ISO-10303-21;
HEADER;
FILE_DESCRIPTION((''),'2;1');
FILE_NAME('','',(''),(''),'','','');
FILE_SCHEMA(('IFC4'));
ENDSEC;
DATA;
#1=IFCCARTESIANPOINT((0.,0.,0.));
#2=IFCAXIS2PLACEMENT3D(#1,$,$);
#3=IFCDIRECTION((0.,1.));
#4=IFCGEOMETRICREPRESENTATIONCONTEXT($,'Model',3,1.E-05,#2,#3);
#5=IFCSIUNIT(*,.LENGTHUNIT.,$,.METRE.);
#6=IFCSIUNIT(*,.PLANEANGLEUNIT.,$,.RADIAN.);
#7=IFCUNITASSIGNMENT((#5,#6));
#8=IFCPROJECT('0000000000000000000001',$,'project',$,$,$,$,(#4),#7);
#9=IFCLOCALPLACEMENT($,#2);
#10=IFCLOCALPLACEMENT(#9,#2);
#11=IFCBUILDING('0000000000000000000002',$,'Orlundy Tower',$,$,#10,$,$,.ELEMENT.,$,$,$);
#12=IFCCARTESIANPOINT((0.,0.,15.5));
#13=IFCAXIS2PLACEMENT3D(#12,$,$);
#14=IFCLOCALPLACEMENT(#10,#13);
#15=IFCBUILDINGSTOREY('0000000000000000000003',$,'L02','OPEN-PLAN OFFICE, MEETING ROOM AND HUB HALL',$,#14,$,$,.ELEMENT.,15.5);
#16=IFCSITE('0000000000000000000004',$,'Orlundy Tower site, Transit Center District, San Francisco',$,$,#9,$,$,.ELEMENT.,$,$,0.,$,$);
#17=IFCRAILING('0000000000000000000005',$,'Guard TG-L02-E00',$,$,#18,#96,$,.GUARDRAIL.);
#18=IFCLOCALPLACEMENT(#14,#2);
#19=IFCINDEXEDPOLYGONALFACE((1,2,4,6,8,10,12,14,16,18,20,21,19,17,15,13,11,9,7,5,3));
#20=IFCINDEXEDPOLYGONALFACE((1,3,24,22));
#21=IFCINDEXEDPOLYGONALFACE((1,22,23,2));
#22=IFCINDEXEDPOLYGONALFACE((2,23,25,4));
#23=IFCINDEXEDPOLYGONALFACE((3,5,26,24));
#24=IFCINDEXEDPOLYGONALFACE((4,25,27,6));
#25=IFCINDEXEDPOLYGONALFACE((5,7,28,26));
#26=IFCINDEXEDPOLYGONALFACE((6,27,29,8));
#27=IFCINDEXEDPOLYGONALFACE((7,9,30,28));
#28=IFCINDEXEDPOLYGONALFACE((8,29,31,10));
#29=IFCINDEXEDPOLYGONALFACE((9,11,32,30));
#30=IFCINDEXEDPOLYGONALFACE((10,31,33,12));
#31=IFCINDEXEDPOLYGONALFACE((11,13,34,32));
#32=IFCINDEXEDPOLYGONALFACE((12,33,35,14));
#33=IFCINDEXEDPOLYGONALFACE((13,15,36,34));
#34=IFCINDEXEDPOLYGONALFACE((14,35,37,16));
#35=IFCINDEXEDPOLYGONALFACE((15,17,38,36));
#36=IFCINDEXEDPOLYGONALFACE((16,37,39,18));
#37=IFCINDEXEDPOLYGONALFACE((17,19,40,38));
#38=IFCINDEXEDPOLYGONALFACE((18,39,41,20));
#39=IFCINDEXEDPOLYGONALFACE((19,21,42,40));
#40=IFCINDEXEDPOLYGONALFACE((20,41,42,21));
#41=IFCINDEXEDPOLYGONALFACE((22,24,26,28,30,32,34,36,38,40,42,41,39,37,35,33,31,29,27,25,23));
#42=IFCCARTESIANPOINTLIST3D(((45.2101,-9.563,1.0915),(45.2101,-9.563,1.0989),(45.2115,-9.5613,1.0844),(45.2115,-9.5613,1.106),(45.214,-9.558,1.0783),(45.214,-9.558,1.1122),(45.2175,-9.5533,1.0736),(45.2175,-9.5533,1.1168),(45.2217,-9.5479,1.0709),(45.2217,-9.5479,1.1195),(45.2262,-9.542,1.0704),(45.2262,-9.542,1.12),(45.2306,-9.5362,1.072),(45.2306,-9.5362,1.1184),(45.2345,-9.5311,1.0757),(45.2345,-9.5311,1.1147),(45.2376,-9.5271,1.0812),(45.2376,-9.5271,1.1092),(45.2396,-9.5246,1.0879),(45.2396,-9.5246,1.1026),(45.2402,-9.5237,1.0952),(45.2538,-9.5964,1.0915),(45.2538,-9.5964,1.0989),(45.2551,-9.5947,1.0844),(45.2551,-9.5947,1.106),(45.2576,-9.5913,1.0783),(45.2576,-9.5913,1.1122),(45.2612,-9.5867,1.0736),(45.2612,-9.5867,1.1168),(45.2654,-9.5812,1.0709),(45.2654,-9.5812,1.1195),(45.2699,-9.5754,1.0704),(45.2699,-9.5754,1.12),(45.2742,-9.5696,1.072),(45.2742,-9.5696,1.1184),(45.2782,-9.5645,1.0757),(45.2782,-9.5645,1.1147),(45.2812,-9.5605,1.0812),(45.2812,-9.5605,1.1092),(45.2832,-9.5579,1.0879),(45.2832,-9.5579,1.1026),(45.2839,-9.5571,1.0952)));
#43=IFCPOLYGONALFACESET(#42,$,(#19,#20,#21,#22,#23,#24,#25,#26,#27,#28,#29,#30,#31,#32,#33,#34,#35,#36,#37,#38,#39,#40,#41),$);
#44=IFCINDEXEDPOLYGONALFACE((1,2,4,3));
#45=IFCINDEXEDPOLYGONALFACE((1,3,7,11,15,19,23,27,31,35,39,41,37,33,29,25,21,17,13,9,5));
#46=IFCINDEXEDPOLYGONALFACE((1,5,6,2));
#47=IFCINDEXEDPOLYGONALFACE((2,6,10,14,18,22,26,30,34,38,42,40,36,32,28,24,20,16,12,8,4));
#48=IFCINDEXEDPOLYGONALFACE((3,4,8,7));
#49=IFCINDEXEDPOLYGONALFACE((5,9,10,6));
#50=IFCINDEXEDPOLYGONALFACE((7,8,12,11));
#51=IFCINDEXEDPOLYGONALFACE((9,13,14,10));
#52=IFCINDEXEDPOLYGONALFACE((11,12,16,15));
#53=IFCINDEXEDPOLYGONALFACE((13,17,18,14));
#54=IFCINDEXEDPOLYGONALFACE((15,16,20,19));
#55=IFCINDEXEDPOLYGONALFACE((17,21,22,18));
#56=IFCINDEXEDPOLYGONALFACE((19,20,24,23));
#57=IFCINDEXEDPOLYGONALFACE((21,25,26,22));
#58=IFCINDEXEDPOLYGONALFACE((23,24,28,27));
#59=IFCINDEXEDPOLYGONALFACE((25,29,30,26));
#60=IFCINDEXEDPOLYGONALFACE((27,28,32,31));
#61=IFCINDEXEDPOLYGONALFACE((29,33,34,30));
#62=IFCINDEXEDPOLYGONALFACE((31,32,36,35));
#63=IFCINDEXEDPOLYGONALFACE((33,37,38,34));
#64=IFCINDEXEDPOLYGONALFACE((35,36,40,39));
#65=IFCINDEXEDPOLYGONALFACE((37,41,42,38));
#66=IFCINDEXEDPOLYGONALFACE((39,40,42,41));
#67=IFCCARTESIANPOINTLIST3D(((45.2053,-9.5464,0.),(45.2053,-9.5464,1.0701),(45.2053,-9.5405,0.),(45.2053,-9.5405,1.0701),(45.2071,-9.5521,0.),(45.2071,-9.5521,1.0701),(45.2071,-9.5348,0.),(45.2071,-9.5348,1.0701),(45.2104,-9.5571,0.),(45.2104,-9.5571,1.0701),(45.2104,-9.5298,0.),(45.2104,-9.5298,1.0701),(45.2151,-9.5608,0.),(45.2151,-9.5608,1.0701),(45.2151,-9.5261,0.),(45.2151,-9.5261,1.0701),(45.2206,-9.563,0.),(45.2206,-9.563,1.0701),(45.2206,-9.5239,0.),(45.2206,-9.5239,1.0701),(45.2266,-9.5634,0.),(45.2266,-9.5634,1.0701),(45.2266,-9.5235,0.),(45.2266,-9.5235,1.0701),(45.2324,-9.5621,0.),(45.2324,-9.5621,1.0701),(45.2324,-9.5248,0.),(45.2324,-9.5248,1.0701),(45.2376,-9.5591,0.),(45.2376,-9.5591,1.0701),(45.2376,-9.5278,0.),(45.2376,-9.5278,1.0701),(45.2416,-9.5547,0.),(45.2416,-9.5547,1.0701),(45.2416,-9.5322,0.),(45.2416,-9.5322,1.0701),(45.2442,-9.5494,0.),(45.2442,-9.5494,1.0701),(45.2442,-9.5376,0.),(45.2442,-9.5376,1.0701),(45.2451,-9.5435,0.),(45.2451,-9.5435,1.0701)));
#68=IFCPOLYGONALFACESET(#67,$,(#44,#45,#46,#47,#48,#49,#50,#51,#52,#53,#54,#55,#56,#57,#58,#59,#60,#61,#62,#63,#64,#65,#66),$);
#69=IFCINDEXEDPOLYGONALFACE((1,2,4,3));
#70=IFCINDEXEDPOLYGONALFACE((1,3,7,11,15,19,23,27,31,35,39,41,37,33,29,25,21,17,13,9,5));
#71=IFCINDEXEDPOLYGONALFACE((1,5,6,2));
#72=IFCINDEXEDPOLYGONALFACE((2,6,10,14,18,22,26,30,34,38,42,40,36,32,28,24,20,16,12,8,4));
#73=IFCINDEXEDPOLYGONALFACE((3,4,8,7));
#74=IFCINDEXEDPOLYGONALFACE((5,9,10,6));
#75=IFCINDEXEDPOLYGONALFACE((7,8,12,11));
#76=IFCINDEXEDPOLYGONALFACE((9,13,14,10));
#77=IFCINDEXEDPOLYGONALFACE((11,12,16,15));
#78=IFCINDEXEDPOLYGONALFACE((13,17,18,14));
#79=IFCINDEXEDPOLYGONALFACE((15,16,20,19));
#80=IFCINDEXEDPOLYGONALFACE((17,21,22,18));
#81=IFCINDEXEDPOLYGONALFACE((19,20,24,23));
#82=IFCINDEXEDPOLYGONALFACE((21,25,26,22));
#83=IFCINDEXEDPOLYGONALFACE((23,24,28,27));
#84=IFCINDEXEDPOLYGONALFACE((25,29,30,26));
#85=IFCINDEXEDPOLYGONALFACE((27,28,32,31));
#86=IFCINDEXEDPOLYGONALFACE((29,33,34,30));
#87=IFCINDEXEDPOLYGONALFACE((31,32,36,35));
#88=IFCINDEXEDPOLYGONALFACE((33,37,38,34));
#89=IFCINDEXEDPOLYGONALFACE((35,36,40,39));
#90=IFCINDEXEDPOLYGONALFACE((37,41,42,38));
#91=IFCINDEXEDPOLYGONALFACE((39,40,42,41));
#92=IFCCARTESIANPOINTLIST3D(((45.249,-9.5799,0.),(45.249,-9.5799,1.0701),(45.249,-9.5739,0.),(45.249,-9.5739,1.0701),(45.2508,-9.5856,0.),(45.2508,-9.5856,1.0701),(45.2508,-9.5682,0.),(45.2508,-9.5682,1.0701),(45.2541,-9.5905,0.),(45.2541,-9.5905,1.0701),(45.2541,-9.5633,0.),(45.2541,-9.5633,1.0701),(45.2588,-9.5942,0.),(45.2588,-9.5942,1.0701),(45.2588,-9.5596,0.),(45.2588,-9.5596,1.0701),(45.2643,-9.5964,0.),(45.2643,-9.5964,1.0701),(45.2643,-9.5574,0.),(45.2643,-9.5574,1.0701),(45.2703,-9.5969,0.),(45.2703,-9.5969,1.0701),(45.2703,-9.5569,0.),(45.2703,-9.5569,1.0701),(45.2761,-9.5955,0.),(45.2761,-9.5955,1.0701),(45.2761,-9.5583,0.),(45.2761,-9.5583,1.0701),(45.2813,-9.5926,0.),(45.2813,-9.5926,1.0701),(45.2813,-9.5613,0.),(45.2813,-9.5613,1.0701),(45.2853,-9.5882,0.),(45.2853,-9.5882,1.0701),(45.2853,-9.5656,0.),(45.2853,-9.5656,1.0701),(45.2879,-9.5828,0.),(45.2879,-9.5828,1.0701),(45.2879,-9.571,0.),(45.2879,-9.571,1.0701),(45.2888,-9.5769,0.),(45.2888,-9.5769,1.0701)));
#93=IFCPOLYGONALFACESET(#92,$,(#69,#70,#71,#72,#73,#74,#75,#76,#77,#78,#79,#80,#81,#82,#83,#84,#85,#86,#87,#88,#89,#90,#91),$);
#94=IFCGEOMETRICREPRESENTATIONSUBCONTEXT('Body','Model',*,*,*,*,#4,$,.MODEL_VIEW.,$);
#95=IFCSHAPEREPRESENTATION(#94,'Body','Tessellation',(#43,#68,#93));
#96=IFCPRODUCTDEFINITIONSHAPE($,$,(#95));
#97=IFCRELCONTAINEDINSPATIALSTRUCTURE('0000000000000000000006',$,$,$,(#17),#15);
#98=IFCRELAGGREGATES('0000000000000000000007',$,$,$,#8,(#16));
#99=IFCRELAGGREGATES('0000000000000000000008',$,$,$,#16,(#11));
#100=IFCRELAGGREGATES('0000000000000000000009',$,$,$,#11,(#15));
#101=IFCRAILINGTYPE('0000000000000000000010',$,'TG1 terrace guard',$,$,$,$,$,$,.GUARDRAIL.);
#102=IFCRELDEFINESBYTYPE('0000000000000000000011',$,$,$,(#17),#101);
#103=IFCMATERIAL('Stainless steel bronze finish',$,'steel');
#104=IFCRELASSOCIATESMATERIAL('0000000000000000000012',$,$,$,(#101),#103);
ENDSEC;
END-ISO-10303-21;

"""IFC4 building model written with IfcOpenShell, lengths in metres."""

from ifc_helpers import new_model, si_unit, direction, frame, origin, origin_2d, place, context, subcontext, project, spatial, circle, extrude, material, type_object, element, save


model = new_model("IFC4")

# Units and contexts
model_context = context("Model", 3, precision=1e-05, world=origin(), true_north=direction((0.0, 1.0)))
body_context = subcontext(model_context, "Body", "Model", "MODEL_VIEW")
ifc_project = project(units=[si_unit("LENGTHUNIT", "METRE"), si_unit("PLANEANGLEUNIT", "RADIAN")], contexts=[model_context])

# Site, building, storey
site_placement = place(None, origin())
site = spatial("IfcSite", under=ifc_project, at=site_placement, Name="Orlundy Tower site, Transit Center District, San Francisco", CompositionType="ELEMENT", RefElevation=0.0)
building_placement = place(site_placement, origin())
building = spatial("IfcBuilding", under=site, at=building_placement, Name="Orlundy Tower", CompositionType="ELEMENT")
storey_placement = place(building_placement, frame((0.0, 0.0, 15.5)))
storey = spatial("IfcBuildingStorey", under=building, at=storey_placement, Name="L02", Description="OPEN-PLAN OFFICE, MEETING ROOM AND HUB HALL", CompositionType="ELEMENT", Elevation=15.5)

# Railing
ifc_material_1 = material(Name="Stainless steel bronze finish", Category="steel")
railing_type_1 = type_object("IfcRailingType", Name="TG1 terrace guard", PredefinedType="GUARDRAIL", material=ifc_material_1)
railing_1_placement = place(storey_placement, frame((45.2251, -9.5435, 0.0)))
element("IfcRailing", 1, at=railing_1_placement, inside=storey, type_object=railing_type_1, Name="Guard TG-L02-E00", PredefinedType="GUARDRAIL", context=body_context, shape_type="SweptSolid", body=[
    extrude(circle(Radius=0.0249, at=origin_2d()), frame((0.0, 0.0, 1.0952), z_axis=(0.794106, -0.607779, 0.0), x_axis=(0.607779, 0.794106, 0.0)), (0.0, 0.0, 1.0), 0.0549),
    extrude(circle(Radius=0.02, at=origin_2d()), origin(), (0.0, 0.0, 1.0), 1.0701),
    extrude(circle(Radius=0.02, at=origin_2d()), frame((0.0437, -0.0334, 0.0)), (0.0, 0.0, 1.0), 1.0701),
])

save(model, "model.ifc")
